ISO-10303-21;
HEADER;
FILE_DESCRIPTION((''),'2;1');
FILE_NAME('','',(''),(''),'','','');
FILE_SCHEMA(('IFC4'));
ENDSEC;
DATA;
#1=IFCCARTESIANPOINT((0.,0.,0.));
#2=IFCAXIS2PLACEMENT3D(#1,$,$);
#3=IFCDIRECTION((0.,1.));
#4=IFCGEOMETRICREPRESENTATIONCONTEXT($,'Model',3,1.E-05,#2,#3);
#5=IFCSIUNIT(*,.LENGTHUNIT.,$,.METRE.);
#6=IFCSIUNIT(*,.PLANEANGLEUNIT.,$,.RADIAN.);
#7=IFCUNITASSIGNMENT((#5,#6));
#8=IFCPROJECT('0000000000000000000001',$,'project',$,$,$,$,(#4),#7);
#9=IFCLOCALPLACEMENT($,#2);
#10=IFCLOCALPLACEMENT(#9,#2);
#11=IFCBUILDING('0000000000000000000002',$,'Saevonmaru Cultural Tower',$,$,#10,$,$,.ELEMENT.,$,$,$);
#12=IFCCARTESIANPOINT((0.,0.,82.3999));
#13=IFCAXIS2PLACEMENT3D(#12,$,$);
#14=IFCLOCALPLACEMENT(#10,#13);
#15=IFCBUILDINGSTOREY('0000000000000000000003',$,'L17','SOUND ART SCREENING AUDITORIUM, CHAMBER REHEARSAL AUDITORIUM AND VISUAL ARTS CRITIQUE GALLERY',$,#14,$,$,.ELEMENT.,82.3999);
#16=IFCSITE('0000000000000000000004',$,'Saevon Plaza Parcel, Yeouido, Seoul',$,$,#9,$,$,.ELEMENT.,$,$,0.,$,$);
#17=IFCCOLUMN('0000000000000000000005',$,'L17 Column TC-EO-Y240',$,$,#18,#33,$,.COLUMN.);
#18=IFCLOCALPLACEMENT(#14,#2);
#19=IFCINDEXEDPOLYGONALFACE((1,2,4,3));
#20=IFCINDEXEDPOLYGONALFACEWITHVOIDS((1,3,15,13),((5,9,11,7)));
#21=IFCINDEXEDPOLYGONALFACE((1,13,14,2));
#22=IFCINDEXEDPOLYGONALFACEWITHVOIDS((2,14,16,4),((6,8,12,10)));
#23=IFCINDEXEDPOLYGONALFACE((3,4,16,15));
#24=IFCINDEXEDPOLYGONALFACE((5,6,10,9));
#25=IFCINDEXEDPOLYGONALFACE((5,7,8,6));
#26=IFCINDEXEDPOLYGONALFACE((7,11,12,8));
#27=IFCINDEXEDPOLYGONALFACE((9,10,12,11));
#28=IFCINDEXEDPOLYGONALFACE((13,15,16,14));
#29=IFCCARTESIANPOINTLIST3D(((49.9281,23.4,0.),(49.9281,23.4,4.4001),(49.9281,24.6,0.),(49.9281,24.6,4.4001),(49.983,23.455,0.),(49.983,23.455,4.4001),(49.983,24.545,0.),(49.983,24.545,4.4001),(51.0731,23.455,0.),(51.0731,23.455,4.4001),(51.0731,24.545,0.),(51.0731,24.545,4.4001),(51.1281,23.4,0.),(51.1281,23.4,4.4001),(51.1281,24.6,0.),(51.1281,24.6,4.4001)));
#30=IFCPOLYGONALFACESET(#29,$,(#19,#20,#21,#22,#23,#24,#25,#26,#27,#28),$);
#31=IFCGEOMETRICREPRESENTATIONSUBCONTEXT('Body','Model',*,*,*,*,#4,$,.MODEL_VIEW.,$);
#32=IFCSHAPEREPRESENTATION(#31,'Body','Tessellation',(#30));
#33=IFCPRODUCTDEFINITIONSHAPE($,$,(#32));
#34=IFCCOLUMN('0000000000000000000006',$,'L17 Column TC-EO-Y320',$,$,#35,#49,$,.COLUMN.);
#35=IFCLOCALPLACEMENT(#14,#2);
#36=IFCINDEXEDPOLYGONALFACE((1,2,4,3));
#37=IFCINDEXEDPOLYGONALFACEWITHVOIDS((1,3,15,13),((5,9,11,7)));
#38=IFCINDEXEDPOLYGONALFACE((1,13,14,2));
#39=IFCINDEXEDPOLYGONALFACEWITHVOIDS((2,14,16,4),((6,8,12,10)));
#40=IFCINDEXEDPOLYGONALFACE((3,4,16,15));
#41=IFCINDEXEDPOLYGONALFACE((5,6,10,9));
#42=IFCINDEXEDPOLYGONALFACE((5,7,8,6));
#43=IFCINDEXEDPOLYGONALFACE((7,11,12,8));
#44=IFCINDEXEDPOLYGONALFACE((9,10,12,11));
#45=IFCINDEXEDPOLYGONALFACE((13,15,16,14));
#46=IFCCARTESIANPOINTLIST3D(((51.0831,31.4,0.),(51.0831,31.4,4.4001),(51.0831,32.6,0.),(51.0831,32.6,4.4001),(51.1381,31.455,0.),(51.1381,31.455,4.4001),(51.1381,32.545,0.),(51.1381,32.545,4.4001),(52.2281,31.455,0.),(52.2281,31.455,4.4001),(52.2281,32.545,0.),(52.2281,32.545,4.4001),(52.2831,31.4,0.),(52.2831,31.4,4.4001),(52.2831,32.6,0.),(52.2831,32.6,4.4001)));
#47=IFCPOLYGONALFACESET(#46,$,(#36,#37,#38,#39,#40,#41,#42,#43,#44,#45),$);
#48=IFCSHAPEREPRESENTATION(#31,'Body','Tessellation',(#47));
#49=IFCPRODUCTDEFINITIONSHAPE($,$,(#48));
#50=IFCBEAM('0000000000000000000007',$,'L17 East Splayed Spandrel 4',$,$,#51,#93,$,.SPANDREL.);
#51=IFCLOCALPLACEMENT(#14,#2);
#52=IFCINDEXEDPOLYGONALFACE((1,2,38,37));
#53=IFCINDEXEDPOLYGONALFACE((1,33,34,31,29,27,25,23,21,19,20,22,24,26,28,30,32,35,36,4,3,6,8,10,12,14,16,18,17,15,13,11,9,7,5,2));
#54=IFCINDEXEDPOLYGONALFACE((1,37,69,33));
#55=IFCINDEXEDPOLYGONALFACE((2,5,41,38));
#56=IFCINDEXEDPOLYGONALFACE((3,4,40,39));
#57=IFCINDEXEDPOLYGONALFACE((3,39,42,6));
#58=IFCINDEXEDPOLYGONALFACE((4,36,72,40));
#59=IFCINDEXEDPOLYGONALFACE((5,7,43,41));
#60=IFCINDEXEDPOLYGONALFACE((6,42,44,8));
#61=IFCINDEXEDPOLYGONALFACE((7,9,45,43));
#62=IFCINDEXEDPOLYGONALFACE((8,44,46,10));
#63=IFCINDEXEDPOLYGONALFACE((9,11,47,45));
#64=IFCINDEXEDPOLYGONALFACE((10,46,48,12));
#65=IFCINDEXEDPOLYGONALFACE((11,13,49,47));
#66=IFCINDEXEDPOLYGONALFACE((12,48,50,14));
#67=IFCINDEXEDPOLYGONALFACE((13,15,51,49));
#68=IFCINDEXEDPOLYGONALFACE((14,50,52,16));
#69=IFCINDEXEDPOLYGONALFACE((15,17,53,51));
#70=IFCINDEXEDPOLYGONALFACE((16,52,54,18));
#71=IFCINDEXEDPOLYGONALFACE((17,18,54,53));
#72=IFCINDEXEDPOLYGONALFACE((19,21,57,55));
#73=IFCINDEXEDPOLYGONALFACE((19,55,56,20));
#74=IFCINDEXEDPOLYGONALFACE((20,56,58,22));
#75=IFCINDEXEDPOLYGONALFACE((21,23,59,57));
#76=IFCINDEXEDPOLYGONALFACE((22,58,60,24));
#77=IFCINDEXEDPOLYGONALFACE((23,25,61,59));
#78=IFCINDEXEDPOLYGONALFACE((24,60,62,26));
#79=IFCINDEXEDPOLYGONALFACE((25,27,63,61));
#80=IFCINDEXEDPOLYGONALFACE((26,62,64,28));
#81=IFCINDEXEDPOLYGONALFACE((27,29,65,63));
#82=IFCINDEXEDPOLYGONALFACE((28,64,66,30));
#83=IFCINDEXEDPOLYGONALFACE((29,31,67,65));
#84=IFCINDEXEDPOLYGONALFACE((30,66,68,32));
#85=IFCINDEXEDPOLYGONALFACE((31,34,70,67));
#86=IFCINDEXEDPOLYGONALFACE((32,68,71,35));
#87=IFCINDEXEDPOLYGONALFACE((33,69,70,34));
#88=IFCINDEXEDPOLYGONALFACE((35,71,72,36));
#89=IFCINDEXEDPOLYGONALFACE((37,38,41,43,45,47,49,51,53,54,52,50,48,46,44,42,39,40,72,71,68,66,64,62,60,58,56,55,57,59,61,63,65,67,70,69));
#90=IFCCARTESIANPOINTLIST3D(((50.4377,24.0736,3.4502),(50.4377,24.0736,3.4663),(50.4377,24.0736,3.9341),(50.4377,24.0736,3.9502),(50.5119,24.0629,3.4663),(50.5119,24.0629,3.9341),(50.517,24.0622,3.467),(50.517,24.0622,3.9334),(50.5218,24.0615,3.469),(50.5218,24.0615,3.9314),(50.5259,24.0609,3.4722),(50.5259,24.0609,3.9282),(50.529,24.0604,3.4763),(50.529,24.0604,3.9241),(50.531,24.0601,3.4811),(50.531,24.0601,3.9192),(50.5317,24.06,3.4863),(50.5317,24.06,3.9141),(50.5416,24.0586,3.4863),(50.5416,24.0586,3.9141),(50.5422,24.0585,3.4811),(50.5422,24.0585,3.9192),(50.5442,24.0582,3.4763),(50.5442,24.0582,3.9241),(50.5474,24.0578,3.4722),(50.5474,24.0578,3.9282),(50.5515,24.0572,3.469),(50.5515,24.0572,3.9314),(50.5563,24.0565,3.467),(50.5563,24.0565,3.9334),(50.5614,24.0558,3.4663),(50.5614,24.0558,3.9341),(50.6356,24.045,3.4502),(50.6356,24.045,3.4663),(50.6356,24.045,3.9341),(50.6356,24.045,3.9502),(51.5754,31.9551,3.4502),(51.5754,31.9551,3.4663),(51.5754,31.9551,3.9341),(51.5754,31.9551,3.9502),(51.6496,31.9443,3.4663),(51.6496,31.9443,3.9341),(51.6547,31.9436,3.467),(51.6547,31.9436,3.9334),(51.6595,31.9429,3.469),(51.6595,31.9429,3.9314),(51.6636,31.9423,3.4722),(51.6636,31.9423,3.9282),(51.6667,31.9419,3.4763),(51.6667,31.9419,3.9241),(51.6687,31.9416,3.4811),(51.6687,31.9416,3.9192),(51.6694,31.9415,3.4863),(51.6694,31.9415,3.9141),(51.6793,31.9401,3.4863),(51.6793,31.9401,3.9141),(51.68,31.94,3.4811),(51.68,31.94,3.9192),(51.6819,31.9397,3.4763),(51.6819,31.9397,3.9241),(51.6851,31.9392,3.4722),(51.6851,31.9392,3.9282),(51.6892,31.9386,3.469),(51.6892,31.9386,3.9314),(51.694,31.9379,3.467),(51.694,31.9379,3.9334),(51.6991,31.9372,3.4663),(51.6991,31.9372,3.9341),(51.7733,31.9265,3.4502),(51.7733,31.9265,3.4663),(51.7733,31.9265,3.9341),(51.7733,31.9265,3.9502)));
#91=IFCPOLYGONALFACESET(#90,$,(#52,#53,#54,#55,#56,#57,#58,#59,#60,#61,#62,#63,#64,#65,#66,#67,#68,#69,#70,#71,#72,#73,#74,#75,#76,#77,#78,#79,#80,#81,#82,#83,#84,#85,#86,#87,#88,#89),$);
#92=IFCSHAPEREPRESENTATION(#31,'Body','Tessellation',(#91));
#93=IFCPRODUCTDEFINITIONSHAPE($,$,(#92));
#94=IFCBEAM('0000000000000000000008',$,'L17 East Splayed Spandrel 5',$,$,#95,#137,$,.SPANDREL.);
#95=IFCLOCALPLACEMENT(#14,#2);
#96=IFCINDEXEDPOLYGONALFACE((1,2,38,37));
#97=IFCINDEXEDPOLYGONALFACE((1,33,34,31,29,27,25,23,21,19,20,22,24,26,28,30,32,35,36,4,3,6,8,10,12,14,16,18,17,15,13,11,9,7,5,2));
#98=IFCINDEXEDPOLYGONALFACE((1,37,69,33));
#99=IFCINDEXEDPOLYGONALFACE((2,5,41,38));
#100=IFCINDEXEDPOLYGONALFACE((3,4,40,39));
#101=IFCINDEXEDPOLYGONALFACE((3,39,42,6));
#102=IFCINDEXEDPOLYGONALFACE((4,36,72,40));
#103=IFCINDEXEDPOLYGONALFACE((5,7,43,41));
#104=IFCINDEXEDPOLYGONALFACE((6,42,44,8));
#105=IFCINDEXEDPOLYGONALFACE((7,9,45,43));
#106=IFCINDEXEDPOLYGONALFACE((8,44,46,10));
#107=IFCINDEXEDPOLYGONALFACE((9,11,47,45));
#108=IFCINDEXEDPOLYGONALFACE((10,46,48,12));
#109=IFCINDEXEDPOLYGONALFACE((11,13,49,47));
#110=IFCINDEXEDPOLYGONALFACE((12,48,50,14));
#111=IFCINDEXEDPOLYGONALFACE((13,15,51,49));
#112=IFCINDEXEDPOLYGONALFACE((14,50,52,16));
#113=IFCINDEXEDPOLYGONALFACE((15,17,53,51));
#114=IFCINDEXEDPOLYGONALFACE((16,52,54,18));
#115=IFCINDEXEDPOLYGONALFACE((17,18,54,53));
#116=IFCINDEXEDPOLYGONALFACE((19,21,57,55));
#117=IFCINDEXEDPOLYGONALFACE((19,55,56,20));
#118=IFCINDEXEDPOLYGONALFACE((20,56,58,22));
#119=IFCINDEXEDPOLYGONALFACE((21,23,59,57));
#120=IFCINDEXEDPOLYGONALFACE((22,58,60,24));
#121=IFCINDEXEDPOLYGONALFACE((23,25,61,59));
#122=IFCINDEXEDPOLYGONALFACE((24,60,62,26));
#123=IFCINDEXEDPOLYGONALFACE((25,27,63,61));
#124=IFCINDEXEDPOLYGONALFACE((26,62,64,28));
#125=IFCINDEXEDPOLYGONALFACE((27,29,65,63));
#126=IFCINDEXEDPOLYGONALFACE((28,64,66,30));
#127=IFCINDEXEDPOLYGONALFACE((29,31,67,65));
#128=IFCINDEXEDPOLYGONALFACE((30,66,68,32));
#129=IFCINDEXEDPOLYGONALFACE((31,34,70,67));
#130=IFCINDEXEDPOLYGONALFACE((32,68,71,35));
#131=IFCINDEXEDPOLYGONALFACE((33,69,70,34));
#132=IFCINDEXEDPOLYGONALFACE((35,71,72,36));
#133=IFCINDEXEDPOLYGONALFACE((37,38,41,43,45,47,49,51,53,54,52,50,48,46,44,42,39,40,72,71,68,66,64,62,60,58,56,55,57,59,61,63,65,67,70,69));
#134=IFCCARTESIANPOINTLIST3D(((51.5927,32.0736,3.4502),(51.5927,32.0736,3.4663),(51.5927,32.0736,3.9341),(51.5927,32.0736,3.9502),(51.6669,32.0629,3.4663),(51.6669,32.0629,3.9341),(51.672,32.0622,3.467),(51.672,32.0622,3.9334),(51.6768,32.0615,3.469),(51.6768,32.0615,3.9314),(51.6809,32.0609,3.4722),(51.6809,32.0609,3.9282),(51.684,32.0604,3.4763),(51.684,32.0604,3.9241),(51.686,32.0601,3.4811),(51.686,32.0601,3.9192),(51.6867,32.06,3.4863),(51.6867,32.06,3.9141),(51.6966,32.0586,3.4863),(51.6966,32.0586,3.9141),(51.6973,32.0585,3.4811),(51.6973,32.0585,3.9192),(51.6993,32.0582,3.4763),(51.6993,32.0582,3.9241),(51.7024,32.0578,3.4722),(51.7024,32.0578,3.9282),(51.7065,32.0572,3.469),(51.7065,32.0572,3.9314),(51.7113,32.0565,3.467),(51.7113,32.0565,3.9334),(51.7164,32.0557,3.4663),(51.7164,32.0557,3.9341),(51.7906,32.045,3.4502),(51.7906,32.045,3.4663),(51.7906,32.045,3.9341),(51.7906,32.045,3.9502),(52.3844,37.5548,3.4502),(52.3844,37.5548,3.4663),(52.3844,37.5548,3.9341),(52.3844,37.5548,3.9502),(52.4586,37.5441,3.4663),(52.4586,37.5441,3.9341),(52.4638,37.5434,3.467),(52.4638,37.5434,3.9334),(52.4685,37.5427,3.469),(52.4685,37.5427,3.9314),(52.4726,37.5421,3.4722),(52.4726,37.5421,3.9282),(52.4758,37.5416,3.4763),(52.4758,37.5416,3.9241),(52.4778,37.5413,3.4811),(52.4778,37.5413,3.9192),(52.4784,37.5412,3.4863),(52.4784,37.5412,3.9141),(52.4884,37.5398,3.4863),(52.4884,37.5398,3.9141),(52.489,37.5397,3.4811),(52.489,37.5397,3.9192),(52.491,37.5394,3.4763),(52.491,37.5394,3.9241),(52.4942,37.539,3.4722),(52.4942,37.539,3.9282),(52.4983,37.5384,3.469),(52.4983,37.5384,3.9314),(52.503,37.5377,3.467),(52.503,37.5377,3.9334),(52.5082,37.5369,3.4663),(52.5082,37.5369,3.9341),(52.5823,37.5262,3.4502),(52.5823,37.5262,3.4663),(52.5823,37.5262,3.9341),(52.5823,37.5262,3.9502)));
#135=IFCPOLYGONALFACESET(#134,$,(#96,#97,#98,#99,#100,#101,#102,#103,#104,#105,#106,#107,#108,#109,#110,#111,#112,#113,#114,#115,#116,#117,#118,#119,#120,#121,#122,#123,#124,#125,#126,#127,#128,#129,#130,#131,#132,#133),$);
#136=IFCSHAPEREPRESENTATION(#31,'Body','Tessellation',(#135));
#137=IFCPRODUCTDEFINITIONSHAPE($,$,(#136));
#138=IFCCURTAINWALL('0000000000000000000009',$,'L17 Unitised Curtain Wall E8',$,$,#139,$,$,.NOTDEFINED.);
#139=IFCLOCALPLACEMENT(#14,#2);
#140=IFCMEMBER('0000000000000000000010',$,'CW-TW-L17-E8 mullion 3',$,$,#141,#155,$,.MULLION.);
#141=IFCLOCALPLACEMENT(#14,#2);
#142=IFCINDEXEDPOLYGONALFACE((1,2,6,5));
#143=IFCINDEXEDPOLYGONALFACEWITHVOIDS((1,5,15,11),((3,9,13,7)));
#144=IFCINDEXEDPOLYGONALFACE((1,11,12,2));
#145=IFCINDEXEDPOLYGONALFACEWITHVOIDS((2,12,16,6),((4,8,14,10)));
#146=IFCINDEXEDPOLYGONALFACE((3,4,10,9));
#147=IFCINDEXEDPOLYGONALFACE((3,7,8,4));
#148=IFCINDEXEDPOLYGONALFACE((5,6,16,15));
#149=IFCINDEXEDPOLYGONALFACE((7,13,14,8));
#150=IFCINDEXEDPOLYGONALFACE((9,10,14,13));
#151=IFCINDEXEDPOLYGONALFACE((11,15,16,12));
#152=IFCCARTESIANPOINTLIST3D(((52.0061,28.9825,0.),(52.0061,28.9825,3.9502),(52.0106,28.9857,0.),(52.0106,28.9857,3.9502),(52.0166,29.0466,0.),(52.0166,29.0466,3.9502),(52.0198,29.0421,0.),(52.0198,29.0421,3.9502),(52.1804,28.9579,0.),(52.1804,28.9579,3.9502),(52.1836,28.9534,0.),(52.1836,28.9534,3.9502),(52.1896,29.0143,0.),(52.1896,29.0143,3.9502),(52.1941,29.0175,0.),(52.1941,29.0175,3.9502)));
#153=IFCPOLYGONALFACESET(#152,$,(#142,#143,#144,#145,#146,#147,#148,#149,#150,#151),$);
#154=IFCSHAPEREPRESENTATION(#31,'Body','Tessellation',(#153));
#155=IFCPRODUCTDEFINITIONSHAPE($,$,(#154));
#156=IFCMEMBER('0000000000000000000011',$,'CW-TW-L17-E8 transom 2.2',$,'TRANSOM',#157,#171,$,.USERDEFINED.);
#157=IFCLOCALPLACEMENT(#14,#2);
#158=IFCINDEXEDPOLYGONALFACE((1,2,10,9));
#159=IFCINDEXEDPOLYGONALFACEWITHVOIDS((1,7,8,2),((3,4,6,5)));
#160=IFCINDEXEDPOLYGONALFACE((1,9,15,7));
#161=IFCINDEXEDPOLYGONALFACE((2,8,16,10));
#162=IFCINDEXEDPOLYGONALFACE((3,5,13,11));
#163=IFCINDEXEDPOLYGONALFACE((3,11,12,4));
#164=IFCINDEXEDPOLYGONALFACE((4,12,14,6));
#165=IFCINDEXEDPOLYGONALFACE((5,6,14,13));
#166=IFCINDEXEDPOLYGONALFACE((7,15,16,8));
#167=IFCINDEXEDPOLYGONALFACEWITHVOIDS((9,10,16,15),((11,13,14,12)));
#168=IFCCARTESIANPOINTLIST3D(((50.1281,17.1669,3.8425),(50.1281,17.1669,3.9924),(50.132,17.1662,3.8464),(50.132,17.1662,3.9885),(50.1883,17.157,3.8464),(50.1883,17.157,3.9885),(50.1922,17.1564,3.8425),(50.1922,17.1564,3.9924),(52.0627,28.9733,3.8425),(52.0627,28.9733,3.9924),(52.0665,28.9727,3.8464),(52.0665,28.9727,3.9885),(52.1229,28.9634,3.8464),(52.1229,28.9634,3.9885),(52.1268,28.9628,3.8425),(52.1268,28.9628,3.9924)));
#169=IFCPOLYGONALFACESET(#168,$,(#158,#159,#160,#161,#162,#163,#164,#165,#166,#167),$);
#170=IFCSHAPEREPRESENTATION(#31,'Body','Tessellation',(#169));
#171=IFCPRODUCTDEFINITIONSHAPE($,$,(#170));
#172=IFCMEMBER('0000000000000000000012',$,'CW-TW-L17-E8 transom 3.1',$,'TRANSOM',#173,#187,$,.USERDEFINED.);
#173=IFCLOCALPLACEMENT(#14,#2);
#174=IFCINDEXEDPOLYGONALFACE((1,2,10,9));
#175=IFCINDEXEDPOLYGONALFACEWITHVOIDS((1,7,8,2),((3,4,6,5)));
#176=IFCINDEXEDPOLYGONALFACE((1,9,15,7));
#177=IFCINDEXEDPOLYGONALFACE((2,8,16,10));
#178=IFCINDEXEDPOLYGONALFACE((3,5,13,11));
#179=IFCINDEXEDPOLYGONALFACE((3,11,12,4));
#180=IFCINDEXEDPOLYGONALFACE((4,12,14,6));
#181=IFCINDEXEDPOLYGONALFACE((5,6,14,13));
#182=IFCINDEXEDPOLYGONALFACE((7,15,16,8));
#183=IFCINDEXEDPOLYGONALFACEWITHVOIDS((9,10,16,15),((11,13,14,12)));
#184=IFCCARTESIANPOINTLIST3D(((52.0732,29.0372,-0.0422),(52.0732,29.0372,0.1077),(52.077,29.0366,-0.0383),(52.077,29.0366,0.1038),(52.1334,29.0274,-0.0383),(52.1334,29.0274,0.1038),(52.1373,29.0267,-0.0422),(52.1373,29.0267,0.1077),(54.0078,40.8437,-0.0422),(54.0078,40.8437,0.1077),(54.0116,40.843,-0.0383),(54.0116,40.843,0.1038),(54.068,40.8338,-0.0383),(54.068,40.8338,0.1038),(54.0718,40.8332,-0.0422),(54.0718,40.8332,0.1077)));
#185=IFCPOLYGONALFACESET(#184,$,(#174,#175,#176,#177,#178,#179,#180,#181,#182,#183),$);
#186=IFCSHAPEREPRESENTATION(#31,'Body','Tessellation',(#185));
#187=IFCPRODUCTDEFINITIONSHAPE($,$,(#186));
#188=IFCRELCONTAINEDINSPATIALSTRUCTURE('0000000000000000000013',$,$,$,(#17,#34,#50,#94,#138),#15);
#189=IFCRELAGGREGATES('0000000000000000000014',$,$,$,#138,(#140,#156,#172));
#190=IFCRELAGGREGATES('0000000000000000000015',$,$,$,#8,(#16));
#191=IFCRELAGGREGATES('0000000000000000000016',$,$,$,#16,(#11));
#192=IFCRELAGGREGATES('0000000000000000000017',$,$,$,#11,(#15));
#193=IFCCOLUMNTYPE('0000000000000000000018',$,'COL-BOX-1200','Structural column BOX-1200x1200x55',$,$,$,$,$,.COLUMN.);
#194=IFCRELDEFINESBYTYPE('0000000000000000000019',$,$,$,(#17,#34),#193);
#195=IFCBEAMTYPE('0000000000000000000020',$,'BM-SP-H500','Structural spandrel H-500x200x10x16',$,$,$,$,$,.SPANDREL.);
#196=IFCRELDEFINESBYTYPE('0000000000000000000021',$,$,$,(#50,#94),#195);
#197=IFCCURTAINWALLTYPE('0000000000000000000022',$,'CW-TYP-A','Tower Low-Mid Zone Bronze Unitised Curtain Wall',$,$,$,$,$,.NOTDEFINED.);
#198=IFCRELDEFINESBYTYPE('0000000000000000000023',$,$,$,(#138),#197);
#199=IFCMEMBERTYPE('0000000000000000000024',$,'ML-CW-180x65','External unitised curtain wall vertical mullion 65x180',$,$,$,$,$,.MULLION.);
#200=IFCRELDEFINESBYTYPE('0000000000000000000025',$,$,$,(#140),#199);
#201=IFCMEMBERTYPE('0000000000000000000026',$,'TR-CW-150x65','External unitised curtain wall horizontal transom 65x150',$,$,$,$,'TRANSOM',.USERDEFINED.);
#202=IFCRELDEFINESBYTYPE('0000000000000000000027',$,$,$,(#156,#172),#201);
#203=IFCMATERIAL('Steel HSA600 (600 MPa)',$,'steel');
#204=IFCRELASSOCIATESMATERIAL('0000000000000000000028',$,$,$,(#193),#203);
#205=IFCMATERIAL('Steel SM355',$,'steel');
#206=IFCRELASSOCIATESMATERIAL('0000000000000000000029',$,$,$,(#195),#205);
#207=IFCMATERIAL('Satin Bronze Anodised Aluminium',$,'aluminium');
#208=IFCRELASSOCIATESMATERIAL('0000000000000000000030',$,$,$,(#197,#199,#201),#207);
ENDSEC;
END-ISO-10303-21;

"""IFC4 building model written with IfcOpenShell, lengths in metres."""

from ifc_helpers import new_model, si_unit, direction, frame, origin, origin_2d, place, context, subcontext, project, spatial, hollow_rectangle, i_section, extrude, material, material_profile, profile_set, type_object, element, aggregate, save


model = new_model("IFC4")

# Units and contexts
model_context = context("Model", 3, precision=1e-05, world=origin(), true_north=direction((0.0, 1.0)))
body_context = subcontext(model_context, "Body", "Model", "MODEL_VIEW")
ifc_project = project(units=[si_unit("LENGTHUNIT", "METRE"), si_unit("PLANEANGLEUNIT", "RADIAN")], contexts=[model_context])

# Site, building, storey
site_placement = place(None, origin())
site = spatial("IfcSite", under=ifc_project, at=site_placement, Name="Saevon Plaza Parcel, Yeouido, Seoul", CompositionType="ELEMENT", RefElevation=0.0)
building_placement = place(site_placement, origin())
building = spatial("IfcBuilding", under=site, at=building_placement, Name="Saevonmaru Cultural Tower", CompositionType="ELEMENT")
storey_placement = place(building_placement, frame((0.0, 0.0, 82.3999)))
storey = spatial("IfcBuildingStorey", under=building, at=storey_placement, Name="L17", Description="SOUND ART SCREENING AUDITORIUM, CHAMBER REHEARSAL AUDITORIUM AND VISUAL ARTS CRITIQUE GALLERY", CompositionType="ELEMENT", Elevation=82.3999)

# Columns
ifc_material_1 = material(Name="Steel HSA600 (600 MPa)", Category="steel")
ifc_material_profile_1 = material_profile(ifc_material_1, hollow_rectangle(XDim=1.2, YDim=1.2, WallThickness=0.0549, at=origin_2d()), Name="BOX-1200x1200x55")
ifc_profile_set_1 = profile_set([ifc_material_profile_1], Name="Steel HSA600 (600 MPa)")
column_type = type_object("IfcColumnType", Name="COL-BOX-1200", Description="Structural column BOX-1200x1200x55", PredefinedType="COLUMN", material=ifc_profile_set_1)
for number, where, z_axis, x_axis, name in (
    (1, (50.5281, 24.0, 0.0), (0.0, 0.0, 1.0), (1.0, 0.0, 0.0), "L17 Column TC-EO-Y240"),
    (2, (51.6831, 32.0, 0.0), (0.0, 0.0, 1.0), (1.0, 0.0, 0.0), "L17 Column TC-EO-Y320"),
):
    element("IfcColumn", number, at=place(storey_placement, frame(where, z_axis=z_axis, x_axis=x_axis)), inside=storey, type_object=column_type, Name=name, PredefinedType="COLUMN", context=body_context, shape_type="SweptSolid", body=[
        extrude(hollow_rectangle(XDim=1.2, YDim=1.2, WallThickness=0.0549, at=origin_2d()), origin(), (0.0, 0.0, 1.0), 4.4001),
    ])

# Beams
ifc_material_2 = material(Name="Steel SM355", Category="steel")
ifc_material_profile_2 = material_profile(ifc_material_2, i_section(OverallWidth=0.2, OverallDepth=0.5, WebThickness=0.01, FlangeThickness=0.0161, FilletRadius=0.02, at=origin_2d()), Name="H-500x200x10x16")
ifc_profile_set_2 = profile_set([ifc_material_profile_2], Name="Steel SM355")
beam_type = type_object("IfcBeamType", Name="BM-SP-H500", Description="Structural spandrel H-500x200x10x16", PredefinedType="SPANDREL", material=ifc_profile_set_2)
beam_1_placement = place(storey_placement, frame((50.5366, 24.0593, 3.7002), z_axis=(0.142872, 0.989741, 0.0), x_axis=(-0.989741, 0.142872, 0.0)))
element("IfcBeam", 3, at=beam_1_placement, inside=storey, type_object=beam_type, Name="L17 East Splayed Spandrel 4", PredefinedType="SPANDREL", context=body_context, shape_type="SweptSolid", body=[
    extrude(i_section(OverallWidth=0.2, OverallDepth=0.5, WebThickness=0.01, FlangeThickness=0.0161, FilletRadius=0.02, at=origin_2d()), origin(), (0.0, 0.0, 1.0), 7.9631),
])
beam_2_placement = place(storey_placement, frame((51.6917, 32.0593, 3.7002), z_axis=(0.142964, 0.989728, 0.0), x_axis=(-0.989728, 0.142964, 0.0)))
element("IfcBeam", 4, at=beam_2_placement, inside=storey, type_object=beam_type, Name="L17 East Splayed Spandrel 5", PredefinedType="SPANDREL", context=body_context, shape_type="SweptSolid", body=[
    extrude(i_section(OverallWidth=0.2, OverallDepth=0.5, WebThickness=0.01, FlangeThickness=0.0161, FilletRadius=0.02, at=origin_2d()), origin(), (0.0, 0.0, 1.0), 5.5381),
])

# Curtain wall, members
ifc_material_3 = material(Name="Satin Bronze Anodised Aluminium", Category="aluminium")
curtain_wall_type = type_object("IfcCurtainWallType", Name="CW-TYP-A", Description="Tower Low-Mid Zone Bronze Unitised Curtain Wall", PredefinedType="NOTDEFINED", material=ifc_material_3)
curtain_wall_placement = place(storey_placement, origin())
curtain_wall = element("IfcCurtainWall", 5, at=curtain_wall_placement, inside=storey, type_object=curtain_wall_type, Name="L17 Unitised Curtain Wall E8", PredefinedType="NOTDEFINED")
ifc_material_profile_3 = material_profile(ifc_material_3, hollow_rectangle(XDim=0.0649, YDim=0.1799, WallThickness=0.0039, at=origin_2d()), Name="ALU-MULL-180x65x4")
ifc_profile_set_3 = profile_set([ifc_material_profile_3], Name="Satin Bronze Anodised Aluminium")
member_type_1 = type_object("IfcMemberType", Name="ML-CW-180x65", Description="External unitised curtain wall vertical mullion 65x180", PredefinedType="MULLION", material=ifc_profile_set_3)
member_1_placement = place(storey_placement, frame((52.1001, 29.0, 0.0), z_axis=(0.0, 0.0, 1.0), x_axis=(0.161709, 0.986839, 0.0)))
member_1 = element("IfcMember", 6, at=member_1_placement, type_object=member_type_1, Name="CW-TW-L17-E8 mullion 3", PredefinedType="MULLION", context=body_context, shape_type="SweptSolid", body=[
    extrude(hollow_rectangle(XDim=0.0649, YDim=0.1799, WallThickness=0.0039, at=origin_2d()), origin(), (0.0, 0.0, 1.0), 3.9502),
])
ifc_material_profile_4 = material_profile(ifc_material_3, hollow_rectangle(XDim=0.0649, YDim=0.1499, WallThickness=0.0039, at=origin_2d()), Name="ALU-TRAN-150x65x4")
ifc_profile_set_4 = profile_set([ifc_material_profile_4], Name="Satin Bronze Anodised Aluminium")
member_type_2 = type_object("IfcMemberType", Name="TR-CW-150x65", Description="External unitised curtain wall horizontal transom 65x150", ElementType="TRANSOM", PredefinedType="USERDEFINED", material=ifc_profile_set_4)
member_2_placement = place(storey_placement, frame((50.1602, 17.1616, 3.9175), z_axis=(0.161701, 0.98684, 0.0), x_axis=(-0.98684, 0.161701, 0.0)))
member_2 = element("IfcMember", 7, at=member_2_placement, type_object=member_type_2, Name="CW-TW-L17-E8 transom 2.2", ObjectType="TRANSOM", PredefinedType="USERDEFINED", context=body_context, shape_type="SweptSolid", body=[
    extrude(hollow_rectangle(XDim=0.0649, YDim=0.1499, WallThickness=0.0039, at=origin_2d()), origin(), (0.0, 0.0, 1.0), 11.9639),
])
member_3_placement = place(storey_placement, frame((52.1052, 29.032, 0.0327), z_axis=(0.161701, 0.98684, 0.0), x_axis=(-0.98684, 0.161701, 0.0)))
member_3 = element("IfcMember", 8, at=member_3_placement, type_object=member_type_2, Name="CW-TW-L17-E8 transom 3.1", ObjectType="TRANSOM", PredefinedType="USERDEFINED", context=body_context, shape_type="SweptSolid", body=[
    extrude(hollow_rectangle(XDim=0.0649, YDim=0.1499, WallThickness=0.0039, at=origin_2d()), origin(), (0.0, 0.0, 1.0), 11.9639),
])
aggregate(curtain_wall, [member_1, member_2, member_3])

save(model, "model.ifc")
